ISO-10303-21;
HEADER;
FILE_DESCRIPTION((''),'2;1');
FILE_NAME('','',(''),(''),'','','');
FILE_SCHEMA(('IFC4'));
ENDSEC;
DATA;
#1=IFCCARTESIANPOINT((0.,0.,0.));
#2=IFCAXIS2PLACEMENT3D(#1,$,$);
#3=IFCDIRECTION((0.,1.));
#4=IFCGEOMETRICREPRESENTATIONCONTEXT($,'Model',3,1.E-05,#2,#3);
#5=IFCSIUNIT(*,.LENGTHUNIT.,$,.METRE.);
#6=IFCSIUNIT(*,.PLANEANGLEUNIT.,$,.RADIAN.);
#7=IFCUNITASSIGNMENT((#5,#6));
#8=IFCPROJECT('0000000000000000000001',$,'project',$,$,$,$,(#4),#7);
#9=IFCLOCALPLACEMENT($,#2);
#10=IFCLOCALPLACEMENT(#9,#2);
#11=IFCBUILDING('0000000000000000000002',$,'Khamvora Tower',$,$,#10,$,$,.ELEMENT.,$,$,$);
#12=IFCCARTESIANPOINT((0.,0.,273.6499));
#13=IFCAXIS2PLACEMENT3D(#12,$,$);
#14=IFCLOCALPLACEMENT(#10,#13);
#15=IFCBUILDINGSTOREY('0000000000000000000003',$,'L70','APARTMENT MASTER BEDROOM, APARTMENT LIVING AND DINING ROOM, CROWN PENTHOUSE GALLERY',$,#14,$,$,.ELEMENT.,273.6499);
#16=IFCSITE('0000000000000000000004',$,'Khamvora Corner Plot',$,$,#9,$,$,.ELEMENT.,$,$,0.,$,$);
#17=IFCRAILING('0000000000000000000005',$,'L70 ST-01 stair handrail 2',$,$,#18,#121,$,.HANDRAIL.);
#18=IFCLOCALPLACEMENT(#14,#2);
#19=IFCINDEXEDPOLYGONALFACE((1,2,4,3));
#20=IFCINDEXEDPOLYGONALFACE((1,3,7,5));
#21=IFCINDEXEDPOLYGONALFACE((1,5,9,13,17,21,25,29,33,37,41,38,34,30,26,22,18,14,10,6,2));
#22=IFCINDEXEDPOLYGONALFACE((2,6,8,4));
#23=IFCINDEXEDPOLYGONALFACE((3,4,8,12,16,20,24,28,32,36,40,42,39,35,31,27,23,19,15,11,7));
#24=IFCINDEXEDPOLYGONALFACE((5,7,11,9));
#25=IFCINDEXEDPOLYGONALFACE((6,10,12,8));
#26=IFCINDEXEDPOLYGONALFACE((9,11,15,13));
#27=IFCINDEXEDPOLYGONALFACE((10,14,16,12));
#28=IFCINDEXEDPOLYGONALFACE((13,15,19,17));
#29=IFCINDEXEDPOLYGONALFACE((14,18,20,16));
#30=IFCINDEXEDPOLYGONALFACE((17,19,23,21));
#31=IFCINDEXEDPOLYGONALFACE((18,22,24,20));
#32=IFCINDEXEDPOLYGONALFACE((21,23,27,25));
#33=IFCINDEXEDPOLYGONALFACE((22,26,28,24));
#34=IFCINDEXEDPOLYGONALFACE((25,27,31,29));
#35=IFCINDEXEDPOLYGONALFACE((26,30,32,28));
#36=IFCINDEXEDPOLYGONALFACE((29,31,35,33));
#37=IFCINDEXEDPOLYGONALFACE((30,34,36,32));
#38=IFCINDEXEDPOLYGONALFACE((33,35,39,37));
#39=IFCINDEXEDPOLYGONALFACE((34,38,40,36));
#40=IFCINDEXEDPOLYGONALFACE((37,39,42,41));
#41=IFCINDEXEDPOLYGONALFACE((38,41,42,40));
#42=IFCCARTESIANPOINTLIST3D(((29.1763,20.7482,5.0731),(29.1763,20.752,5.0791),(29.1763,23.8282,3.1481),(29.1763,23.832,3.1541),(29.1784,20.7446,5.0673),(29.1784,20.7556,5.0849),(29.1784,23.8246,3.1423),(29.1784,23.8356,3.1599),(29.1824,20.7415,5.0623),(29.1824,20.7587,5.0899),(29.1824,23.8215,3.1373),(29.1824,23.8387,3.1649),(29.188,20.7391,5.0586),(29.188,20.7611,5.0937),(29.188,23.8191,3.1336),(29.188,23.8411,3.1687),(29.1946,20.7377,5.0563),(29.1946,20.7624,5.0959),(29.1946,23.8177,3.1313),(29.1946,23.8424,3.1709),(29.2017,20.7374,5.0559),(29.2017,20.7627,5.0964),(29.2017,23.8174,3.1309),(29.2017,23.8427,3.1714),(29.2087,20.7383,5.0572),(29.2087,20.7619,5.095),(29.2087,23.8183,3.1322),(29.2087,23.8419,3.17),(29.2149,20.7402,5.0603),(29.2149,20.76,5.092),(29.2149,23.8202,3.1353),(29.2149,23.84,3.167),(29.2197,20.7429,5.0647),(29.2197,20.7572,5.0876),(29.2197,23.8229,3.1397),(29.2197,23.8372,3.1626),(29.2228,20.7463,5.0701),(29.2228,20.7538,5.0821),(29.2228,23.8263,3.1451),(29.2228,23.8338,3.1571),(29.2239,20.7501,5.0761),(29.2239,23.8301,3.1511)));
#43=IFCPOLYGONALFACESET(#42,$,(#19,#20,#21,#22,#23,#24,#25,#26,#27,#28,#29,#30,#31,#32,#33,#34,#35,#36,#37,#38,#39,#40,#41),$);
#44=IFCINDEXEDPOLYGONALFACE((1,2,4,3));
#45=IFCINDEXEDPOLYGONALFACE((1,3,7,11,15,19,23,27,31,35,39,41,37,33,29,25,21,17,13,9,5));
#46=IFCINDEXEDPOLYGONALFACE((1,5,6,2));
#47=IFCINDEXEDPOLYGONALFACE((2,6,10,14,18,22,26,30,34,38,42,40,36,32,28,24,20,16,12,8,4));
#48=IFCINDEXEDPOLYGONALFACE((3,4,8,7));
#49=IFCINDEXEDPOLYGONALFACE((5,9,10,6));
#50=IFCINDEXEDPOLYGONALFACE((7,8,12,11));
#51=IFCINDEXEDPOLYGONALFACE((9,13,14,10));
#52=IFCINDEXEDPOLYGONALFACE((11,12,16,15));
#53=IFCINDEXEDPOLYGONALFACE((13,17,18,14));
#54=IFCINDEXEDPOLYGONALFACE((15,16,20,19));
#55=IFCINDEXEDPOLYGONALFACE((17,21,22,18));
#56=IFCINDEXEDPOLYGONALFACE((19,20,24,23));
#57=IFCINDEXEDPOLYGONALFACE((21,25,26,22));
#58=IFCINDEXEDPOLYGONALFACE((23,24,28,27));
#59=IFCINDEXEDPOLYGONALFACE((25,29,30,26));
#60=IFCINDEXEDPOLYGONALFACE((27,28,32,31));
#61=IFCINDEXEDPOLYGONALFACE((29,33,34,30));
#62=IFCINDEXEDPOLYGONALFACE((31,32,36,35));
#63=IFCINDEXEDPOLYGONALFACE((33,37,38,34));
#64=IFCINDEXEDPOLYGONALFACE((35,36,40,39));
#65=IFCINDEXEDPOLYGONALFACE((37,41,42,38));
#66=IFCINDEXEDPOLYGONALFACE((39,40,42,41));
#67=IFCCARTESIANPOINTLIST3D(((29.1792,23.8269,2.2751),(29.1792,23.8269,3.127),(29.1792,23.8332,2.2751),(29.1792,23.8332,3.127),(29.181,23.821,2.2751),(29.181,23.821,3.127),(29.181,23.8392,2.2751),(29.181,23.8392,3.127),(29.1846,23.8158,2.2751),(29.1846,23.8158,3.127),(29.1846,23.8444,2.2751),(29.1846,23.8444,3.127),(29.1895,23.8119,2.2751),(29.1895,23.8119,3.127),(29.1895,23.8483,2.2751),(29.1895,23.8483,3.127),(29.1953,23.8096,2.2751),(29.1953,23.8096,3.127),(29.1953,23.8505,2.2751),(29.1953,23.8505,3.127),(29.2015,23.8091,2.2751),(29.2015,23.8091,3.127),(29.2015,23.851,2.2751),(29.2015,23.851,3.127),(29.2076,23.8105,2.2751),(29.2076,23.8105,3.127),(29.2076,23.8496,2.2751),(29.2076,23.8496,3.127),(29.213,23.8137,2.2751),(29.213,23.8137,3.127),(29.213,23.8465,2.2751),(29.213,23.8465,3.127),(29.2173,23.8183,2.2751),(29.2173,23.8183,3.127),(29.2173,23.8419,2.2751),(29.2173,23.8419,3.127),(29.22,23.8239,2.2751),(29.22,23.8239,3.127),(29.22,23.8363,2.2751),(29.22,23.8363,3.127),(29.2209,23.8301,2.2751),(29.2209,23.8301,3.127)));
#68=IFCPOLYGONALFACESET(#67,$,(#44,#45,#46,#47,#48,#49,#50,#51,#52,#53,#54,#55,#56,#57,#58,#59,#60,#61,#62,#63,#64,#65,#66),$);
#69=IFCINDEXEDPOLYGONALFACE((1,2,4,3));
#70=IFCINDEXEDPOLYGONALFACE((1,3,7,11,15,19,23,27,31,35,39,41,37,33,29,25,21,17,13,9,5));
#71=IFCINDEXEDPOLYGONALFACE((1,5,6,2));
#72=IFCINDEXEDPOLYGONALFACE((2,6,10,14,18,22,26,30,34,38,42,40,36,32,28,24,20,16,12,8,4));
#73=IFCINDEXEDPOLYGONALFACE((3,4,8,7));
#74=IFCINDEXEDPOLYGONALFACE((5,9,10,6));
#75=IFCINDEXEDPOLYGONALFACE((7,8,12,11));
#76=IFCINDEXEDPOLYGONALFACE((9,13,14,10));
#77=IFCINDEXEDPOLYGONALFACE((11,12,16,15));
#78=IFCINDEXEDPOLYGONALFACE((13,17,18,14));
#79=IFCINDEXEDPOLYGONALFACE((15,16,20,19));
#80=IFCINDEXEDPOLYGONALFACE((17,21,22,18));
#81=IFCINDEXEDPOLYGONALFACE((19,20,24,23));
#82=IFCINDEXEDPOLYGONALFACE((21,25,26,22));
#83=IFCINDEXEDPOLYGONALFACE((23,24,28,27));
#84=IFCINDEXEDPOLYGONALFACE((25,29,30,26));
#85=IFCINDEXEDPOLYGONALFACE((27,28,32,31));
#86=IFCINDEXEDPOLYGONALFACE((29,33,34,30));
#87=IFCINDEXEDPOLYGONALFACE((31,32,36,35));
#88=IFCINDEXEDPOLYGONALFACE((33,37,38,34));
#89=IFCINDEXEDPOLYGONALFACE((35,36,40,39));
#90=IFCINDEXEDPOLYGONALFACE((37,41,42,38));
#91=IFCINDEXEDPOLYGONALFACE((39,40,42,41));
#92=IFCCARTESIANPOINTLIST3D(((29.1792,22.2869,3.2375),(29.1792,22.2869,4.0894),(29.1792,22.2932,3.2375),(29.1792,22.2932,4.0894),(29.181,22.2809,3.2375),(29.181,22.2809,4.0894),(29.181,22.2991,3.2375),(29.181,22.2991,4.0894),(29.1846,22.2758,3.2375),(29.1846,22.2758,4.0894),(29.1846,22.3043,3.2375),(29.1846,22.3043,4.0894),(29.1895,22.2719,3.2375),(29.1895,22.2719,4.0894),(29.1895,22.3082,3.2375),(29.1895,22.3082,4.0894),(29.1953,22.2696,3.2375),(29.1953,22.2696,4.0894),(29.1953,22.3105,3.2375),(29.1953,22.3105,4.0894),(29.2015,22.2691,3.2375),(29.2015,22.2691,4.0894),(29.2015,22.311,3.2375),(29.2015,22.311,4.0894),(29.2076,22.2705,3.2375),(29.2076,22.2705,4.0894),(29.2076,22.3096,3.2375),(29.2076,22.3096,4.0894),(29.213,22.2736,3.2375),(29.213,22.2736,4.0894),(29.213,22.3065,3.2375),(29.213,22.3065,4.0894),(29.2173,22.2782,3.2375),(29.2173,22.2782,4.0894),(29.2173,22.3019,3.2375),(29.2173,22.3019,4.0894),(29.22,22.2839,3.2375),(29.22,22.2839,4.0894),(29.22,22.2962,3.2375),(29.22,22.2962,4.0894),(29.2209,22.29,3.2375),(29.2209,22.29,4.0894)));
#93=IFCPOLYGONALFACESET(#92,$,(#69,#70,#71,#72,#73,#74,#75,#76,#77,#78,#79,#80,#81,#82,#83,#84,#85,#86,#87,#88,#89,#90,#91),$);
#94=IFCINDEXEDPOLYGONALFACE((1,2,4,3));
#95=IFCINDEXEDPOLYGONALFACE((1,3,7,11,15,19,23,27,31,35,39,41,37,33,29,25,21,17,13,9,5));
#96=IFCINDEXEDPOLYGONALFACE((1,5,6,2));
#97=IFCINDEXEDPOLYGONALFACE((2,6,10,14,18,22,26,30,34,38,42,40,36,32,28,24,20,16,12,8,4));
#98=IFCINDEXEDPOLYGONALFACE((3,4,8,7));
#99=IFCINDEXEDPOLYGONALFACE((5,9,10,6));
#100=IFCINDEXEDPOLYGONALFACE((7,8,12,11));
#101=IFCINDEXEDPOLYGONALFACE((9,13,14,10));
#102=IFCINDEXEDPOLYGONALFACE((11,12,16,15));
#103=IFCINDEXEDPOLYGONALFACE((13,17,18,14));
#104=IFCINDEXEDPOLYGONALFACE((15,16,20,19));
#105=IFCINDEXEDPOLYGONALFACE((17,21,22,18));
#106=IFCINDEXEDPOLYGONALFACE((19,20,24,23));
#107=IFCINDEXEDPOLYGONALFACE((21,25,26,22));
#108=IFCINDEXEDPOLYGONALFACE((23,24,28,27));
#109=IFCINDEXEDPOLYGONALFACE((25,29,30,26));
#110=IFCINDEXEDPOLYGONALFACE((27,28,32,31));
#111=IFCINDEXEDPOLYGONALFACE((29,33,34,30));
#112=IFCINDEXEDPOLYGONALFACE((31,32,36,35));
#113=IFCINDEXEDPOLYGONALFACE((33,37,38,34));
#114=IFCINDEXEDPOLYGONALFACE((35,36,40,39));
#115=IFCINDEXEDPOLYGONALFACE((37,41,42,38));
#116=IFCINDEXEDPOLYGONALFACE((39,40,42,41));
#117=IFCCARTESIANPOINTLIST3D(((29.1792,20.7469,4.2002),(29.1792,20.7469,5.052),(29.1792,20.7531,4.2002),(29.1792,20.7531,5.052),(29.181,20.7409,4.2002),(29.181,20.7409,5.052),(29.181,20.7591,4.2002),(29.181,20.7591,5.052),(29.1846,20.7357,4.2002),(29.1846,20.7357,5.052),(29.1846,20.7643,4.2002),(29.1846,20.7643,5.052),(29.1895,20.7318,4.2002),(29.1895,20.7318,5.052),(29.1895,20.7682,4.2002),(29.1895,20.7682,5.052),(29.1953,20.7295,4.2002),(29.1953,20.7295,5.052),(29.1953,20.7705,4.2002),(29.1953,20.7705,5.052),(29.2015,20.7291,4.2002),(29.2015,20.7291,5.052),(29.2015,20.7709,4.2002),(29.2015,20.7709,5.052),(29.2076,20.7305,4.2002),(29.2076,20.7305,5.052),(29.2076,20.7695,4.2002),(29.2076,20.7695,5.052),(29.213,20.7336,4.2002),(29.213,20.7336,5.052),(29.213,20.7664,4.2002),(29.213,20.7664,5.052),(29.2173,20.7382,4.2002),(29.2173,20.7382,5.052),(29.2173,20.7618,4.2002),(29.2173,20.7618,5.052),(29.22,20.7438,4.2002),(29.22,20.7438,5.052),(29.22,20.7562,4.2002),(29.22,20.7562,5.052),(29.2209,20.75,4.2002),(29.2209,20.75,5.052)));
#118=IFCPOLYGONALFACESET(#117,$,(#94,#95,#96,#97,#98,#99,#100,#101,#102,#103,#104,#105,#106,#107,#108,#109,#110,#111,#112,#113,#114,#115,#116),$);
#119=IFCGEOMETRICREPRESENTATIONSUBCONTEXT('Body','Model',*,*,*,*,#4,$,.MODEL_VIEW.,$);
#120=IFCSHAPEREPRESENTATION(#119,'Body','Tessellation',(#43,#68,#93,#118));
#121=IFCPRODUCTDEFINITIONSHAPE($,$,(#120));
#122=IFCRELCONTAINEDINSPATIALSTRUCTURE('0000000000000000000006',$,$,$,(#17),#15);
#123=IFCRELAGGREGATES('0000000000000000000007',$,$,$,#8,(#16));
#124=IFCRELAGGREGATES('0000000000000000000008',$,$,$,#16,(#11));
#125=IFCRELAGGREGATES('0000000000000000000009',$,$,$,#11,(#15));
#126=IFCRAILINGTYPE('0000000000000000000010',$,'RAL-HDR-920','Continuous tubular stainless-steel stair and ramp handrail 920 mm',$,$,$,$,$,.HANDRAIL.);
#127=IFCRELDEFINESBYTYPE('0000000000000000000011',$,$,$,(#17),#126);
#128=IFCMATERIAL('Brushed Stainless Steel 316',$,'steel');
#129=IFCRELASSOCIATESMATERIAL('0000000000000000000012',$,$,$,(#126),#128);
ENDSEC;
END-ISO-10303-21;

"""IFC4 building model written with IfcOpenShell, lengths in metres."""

from ifc_helpers import new_model, si_unit, direction, frame, origin, origin_2d, place, context, subcontext, project, spatial, circle, extrude, material, type_object, element, save


model = new_model("IFC4")

# Units and contexts
model_context = context("Model", 3, precision=1e-05, world=origin(), true_north=direction((0.0, 1.0)))
body_context = subcontext(model_context, "Body", "Model", "MODEL_VIEW")
ifc_project = project(units=[si_unit("LENGTHUNIT", "METRE"), si_unit("PLANEANGLEUNIT", "RADIAN")], contexts=[model_context])

# Site, building, storey
site_placement = place(None, origin())
site = spatial("IfcSite", under=ifc_project, at=site_placement, Name="Khamvora Corner Plot", CompositionType="ELEMENT", RefElevation=0.0)
building_placement = place(site_placement, origin())
building = spatial("IfcBuilding", under=site, at=building_placement, Name="Khamvora Tower", CompositionType="ELEMENT")
storey_placement = place(building_placement, frame((0.0, 0.0, 273.6499)))
storey = spatial("IfcBuildingStorey", under=building, at=storey_placement, Name="L70", Description="APARTMENT MASTER BEDROOM, APARTMENT LIVING AND DINING ROOM, CROWN PENTHOUSE GALLERY", CompositionType="ELEMENT", Elevation=273.6499)

# Railing
ifc_material_1 = material(Name="Brushed Stainless Steel 316", Category="steel")
railing_type_1 = type_object("IfcRailingType", Name="RAL-HDR-920", Description="Continuous tubular stainless-steel stair and ramp handrail 920 mm", PredefinedType="HANDRAIL", material=ifc_material_1)
railing_1_placement = place(storey_placement, frame((29.2, 23.8301, 2.2751)))
element("IfcRailing", 1, at=railing_1_placement, inside=storey, type_object=railing_type_1, Name="L70 ST-01 stair handrail 2", PredefinedType="HANDRAIL", context=body_context, shape_type="SweptSolid", body=[
    extrude(circle(Radius=0.0239, at=origin_2d()), frame((0.0, 0.0, 0.876), z_axis=(0.0, -0.847998, 0.529999), x_axis=(1.0, 0.0, 0.0)), (0.0, 0.0, 1.0), 3.6321),
    extrude(circle(Radius=0.021, at=origin_2d()), origin(), (0.0, 0.0, 1.0), 0.8518),
    extrude(circle(Radius=0.021, at=origin_2d()), frame((0.0, -1.54, 0.9624)), (0.0, 0.0, 1.0), 0.8518),
    extrude(circle(Radius=0.021, at=origin_2d()), frame((0.0, -3.0801, 1.925)), (0.0, 0.0, 1.0), 0.8518),
])

save(model, "model.ifc")
